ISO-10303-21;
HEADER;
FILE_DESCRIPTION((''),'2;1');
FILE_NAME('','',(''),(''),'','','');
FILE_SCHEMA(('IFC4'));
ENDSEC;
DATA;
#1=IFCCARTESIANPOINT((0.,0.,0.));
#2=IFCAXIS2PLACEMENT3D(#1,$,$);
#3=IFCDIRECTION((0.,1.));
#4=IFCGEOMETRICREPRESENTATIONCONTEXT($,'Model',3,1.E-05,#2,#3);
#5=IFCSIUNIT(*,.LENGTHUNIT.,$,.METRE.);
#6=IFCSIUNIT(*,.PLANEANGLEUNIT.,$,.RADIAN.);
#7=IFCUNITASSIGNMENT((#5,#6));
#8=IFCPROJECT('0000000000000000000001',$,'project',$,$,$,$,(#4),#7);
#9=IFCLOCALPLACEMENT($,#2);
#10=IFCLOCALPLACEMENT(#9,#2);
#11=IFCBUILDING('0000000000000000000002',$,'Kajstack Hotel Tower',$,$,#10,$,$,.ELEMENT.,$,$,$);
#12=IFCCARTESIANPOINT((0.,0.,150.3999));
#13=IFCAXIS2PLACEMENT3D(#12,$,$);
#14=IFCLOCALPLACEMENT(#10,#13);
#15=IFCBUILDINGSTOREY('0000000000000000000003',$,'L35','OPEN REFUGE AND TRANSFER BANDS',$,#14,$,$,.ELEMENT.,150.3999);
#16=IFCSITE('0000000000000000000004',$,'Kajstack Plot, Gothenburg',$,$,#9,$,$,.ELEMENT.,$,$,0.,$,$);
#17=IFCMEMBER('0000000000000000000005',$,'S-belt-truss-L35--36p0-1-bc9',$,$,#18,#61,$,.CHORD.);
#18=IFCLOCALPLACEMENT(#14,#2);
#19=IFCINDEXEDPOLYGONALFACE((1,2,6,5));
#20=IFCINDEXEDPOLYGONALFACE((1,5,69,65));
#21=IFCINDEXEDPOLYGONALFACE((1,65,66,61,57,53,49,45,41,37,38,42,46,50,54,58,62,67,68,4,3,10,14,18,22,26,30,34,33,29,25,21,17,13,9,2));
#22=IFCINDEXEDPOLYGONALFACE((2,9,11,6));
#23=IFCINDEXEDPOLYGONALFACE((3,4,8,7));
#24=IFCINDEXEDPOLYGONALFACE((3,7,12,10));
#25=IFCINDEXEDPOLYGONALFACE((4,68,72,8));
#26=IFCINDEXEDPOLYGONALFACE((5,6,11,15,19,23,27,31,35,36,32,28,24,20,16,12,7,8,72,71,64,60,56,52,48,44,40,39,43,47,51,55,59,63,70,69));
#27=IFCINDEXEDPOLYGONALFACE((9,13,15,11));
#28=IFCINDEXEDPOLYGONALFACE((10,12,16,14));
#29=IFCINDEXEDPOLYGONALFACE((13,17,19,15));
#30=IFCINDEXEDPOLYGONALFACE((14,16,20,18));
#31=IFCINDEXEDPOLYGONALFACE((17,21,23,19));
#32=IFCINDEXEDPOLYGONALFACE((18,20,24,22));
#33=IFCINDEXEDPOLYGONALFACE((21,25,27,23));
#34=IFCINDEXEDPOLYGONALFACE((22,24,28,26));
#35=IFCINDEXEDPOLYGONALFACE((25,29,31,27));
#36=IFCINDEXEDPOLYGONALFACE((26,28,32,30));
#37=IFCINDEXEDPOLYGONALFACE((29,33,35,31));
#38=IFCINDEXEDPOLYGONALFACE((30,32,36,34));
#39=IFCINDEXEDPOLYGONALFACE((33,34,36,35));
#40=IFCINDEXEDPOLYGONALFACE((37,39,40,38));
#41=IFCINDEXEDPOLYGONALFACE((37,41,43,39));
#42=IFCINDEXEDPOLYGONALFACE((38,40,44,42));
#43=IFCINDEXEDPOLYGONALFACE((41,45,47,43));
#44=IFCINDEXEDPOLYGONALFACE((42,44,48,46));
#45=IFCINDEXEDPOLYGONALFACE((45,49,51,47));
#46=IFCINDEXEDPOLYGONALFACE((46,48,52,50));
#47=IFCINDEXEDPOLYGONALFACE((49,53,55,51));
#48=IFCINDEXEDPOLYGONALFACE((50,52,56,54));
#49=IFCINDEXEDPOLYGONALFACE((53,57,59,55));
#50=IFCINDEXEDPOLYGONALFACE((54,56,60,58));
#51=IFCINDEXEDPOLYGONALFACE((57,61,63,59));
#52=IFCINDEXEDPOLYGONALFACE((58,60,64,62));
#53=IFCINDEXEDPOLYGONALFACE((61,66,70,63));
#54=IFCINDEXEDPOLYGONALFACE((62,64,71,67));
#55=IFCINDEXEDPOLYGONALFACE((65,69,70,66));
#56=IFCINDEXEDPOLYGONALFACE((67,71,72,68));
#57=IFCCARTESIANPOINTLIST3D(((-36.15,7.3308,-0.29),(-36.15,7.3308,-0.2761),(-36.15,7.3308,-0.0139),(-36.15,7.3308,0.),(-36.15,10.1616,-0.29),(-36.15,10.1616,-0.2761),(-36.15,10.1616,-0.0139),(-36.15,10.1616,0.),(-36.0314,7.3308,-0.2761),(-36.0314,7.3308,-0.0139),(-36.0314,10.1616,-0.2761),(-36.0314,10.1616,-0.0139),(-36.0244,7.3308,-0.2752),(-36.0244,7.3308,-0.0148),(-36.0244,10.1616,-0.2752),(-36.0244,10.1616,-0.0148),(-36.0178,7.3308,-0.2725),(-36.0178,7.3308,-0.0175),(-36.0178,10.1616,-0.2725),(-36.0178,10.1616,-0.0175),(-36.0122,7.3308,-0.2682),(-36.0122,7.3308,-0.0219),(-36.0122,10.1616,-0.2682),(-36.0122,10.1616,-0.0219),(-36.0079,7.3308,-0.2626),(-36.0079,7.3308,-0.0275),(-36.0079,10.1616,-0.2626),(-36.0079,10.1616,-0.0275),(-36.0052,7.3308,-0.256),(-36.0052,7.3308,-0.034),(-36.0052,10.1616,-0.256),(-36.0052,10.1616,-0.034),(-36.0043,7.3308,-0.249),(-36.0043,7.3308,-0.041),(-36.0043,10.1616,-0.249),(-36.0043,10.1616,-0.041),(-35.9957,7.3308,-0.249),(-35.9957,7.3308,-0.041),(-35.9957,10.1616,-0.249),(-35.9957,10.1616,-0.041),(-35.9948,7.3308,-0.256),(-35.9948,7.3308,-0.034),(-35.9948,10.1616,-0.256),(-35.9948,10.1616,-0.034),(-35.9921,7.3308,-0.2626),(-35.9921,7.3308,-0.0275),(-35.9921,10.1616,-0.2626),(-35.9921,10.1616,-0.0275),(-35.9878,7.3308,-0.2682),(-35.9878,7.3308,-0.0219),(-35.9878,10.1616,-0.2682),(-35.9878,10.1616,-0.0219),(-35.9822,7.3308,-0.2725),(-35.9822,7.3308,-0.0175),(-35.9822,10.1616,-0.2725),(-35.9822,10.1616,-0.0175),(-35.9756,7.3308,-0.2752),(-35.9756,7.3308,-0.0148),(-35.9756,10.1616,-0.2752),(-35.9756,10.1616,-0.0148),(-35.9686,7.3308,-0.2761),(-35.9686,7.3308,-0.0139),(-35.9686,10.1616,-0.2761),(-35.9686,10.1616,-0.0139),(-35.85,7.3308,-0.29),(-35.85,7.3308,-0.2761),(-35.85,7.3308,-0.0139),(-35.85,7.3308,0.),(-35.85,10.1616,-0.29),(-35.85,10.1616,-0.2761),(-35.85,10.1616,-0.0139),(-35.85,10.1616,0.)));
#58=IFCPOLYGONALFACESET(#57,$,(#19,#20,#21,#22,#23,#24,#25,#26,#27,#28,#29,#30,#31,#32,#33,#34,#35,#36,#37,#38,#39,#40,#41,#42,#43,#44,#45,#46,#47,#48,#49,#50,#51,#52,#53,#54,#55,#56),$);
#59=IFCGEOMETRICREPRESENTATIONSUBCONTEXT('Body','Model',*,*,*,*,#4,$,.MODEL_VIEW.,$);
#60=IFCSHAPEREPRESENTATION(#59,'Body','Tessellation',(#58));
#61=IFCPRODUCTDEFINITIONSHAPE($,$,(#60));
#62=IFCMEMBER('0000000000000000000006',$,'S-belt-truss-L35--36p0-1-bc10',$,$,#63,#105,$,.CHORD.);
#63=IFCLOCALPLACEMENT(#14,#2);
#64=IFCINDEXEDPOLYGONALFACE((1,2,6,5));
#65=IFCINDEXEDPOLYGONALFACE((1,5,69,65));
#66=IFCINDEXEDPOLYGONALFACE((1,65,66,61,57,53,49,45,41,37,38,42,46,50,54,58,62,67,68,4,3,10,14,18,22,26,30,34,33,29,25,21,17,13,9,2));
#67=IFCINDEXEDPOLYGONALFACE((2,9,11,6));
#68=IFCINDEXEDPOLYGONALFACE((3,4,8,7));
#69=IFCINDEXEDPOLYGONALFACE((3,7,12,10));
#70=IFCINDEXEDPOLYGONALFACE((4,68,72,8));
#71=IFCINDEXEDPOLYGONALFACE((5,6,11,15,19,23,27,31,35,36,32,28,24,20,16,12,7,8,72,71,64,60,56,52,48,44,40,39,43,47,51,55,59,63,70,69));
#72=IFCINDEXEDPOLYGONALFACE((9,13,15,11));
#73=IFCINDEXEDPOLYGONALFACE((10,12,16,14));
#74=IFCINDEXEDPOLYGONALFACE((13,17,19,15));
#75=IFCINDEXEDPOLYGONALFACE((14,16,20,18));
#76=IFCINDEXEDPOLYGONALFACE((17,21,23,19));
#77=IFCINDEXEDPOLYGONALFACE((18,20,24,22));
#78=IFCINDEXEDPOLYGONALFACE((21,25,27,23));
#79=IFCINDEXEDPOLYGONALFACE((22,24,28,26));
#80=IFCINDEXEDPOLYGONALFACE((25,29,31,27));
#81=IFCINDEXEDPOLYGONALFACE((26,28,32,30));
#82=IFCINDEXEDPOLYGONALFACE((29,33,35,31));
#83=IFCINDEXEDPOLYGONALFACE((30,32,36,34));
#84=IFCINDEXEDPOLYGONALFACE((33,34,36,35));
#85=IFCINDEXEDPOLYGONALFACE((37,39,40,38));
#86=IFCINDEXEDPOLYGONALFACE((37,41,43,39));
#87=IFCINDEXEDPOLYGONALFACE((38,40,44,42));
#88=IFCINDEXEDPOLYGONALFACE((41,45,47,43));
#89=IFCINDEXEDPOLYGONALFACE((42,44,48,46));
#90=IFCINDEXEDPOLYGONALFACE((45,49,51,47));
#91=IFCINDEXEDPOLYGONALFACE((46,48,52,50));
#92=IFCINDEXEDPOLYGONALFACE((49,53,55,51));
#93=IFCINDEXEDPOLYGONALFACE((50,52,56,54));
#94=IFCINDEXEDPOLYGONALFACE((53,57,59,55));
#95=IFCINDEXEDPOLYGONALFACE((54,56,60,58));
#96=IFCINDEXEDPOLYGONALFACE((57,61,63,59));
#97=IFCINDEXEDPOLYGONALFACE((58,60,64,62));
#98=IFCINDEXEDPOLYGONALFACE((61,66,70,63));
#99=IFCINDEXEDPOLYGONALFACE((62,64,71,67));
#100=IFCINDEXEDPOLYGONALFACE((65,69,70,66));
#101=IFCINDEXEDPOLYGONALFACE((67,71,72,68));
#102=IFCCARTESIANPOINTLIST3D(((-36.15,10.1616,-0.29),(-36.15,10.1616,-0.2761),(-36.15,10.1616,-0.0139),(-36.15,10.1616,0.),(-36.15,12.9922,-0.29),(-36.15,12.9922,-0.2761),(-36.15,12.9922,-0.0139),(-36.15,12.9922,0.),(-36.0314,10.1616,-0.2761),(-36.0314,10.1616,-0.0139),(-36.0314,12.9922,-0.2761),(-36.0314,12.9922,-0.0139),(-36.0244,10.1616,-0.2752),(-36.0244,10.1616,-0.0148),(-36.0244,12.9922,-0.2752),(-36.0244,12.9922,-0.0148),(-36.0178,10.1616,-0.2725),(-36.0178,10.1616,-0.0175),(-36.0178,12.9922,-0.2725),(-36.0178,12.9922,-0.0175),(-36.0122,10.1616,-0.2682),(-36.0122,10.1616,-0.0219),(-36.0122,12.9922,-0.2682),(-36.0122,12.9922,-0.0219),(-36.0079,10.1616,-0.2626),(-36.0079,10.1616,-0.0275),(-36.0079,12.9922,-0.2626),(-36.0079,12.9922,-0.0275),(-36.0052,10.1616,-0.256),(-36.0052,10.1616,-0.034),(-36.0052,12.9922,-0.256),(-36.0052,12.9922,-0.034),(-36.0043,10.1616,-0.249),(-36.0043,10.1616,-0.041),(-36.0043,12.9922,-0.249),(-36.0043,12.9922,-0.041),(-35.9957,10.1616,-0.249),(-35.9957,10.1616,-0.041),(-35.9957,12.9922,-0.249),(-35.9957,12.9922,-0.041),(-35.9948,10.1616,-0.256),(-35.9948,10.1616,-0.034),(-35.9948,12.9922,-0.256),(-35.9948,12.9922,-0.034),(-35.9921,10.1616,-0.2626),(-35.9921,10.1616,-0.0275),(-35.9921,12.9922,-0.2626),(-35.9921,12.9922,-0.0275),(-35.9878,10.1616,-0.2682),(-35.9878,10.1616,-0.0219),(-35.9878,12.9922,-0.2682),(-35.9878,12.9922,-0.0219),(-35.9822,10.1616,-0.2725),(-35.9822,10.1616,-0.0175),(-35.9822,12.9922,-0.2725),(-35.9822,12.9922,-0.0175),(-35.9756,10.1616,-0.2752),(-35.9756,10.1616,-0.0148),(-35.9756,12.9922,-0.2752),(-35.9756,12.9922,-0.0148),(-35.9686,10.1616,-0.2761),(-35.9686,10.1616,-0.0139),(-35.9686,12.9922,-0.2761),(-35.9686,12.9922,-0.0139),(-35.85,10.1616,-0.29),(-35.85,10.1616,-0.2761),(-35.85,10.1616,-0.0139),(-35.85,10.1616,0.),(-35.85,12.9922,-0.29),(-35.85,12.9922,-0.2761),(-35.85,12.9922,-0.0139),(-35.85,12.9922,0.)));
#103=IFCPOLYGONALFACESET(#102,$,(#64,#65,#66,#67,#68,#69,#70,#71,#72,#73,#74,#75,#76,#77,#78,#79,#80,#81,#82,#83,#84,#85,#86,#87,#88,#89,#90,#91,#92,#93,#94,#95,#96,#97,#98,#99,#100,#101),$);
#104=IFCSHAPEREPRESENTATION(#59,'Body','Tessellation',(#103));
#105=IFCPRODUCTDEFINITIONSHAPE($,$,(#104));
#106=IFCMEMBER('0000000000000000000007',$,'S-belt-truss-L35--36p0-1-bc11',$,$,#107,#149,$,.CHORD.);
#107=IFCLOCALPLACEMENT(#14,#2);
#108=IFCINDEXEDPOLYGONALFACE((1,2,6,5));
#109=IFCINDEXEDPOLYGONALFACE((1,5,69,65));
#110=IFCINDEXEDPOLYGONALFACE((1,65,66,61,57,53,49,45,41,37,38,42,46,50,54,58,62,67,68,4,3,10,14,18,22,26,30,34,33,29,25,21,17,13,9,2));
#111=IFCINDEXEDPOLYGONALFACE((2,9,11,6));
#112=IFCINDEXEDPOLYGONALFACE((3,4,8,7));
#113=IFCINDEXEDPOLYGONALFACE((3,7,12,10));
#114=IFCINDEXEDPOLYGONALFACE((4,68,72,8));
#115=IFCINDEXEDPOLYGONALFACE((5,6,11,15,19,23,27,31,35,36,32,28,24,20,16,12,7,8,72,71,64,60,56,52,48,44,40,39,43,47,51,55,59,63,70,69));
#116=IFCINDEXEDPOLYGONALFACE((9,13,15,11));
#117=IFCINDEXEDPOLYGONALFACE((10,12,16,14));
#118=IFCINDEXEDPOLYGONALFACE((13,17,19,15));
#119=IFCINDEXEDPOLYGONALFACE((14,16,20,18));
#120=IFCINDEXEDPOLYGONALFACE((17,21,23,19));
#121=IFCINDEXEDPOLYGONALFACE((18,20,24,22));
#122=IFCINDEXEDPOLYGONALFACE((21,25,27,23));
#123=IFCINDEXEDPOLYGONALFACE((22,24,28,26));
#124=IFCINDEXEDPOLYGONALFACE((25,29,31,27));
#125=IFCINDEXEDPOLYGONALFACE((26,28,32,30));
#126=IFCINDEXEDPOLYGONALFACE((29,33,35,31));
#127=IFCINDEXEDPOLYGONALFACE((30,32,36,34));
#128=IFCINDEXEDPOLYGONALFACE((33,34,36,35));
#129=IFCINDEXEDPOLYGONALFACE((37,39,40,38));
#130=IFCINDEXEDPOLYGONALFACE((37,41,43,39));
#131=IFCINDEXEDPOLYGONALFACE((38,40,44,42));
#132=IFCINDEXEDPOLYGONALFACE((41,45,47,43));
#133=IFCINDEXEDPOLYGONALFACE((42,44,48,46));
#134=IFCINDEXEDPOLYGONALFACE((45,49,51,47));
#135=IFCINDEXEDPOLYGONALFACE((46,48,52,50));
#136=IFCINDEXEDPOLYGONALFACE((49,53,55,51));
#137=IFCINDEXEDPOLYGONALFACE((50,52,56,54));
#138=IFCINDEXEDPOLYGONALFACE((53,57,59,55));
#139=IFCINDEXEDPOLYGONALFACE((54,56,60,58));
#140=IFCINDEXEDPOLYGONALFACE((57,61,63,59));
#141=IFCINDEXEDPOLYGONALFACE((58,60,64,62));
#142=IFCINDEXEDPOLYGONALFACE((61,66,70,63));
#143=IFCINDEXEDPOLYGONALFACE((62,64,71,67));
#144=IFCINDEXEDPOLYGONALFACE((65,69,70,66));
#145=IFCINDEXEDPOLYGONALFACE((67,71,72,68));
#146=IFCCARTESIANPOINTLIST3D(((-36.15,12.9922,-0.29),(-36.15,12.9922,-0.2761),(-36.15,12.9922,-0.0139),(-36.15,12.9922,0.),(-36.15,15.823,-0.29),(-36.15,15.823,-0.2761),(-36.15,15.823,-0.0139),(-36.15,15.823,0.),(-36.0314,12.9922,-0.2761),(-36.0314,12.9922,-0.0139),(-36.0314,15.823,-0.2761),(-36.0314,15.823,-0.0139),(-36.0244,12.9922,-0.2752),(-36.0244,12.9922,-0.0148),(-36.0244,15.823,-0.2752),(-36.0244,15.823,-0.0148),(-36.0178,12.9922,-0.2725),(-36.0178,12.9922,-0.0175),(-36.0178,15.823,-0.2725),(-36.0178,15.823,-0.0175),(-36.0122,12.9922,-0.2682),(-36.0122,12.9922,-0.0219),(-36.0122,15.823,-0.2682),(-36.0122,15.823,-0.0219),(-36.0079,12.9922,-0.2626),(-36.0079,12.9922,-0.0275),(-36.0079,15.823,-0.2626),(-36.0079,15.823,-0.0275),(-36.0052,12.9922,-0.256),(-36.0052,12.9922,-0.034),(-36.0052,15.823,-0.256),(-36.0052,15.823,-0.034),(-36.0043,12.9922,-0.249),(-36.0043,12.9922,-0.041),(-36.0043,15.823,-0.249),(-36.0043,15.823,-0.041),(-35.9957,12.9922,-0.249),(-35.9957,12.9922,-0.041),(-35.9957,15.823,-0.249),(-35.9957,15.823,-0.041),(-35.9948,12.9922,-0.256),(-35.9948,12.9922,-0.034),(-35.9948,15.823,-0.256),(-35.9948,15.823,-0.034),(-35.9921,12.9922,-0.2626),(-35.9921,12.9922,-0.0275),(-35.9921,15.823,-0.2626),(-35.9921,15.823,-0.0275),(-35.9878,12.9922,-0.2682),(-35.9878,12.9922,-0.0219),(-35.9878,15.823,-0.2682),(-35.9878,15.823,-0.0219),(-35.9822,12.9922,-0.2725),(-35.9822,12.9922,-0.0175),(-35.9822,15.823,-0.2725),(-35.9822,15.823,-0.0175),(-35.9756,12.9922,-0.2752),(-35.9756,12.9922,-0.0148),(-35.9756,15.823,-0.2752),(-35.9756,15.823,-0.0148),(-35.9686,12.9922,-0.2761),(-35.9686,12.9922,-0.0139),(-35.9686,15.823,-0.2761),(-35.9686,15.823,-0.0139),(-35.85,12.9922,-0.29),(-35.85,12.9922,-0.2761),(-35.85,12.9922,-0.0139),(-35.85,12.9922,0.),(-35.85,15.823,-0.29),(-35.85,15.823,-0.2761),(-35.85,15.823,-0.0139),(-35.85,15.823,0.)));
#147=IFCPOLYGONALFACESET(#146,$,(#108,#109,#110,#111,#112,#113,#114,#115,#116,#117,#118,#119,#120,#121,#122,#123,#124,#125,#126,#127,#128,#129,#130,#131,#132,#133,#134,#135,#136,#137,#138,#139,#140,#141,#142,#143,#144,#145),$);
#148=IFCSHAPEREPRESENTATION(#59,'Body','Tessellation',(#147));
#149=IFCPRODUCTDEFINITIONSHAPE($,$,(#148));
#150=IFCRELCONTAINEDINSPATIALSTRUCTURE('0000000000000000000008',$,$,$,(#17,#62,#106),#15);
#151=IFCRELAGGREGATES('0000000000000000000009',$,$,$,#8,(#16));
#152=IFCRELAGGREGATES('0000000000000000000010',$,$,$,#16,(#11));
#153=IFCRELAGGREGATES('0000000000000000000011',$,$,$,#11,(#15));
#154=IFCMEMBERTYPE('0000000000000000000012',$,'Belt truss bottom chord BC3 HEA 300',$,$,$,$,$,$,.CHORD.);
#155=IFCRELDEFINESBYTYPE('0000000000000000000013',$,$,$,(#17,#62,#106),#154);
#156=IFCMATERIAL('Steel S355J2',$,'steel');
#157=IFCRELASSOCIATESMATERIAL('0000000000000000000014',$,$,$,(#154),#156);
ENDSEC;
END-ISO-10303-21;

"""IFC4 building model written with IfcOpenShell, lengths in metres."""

from ifc_helpers import new_model, si_unit, direction, frame, origin, origin_2d, place, context, subcontext, project, spatial, i_section, extrude, material, material_profile, profile_set, type_object, element, save


model = new_model("IFC4")

# Units and contexts
model_context = context("Model", 3, precision=1e-05, world=origin(), true_north=direction((0.0, 1.0)))
body_context = subcontext(model_context, "Body", "Model", "MODEL_VIEW")
ifc_project = project(units=[si_unit("LENGTHUNIT", "METRE"), si_unit("PLANEANGLEUNIT", "RADIAN")], contexts=[model_context])

# Site, building, storey
site_placement = place(None, origin())
site = spatial("IfcSite", under=ifc_project, at=site_placement, Name="Kajstack Plot, Gothenburg", CompositionType="ELEMENT", RefElevation=0.0)
building_placement = place(site_placement, origin())
building = spatial("IfcBuilding", under=site, at=building_placement, Name="Kajstack Hotel Tower", CompositionType="ELEMENT")
storey_placement = place(building_placement, frame((0.0, 0.0, 150.3999)))
storey = spatial("IfcBuildingStorey", under=building, at=storey_placement, Name="L35", Description="OPEN REFUGE AND TRANSFER BANDS", CompositionType="ELEMENT", Elevation=150.3999)

# Members
ifc_material = material(Name="Steel S355J2", Category="steel")
ifc_material_profile_1 = material_profile(ifc_material, i_section(OverallWidth=0.3, OverallDepth=0.29, WebThickness=0.0085, FlangeThickness=0.0139, FilletRadius=0.0271, at=origin_2d()), Name="HEA 300")
ifc_profile_set_1 = profile_set([ifc_material_profile_1], Name="Steel S355J2")
member_type_1 = type_object("IfcMemberType", Name="Belt truss bottom chord BC3 HEA 300", PredefinedType="CHORD", material=ifc_profile_set_1)
member_1_placement = place(storey_placement, frame((-36.0, 7.3308, -0.145), z_axis=(0.0, 1.0, 0.0), x_axis=(-1.0, 0.0, 0.0)))
element("IfcMember", 1, at=member_1_placement, inside=storey, type_object=member_type_1, Name="S-belt-truss-L35--36p0-1-bc9", PredefinedType="CHORD", context=body_context, shape_type="SweptSolid", body=[
    extrude(i_section(OverallWidth=0.3, OverallDepth=0.29, WebThickness=0.0085, FlangeThickness=0.0139, FilletRadius=0.0271, at=origin_2d()), origin(), (0.0, 0.0, 1.0), 2.8308),
])
member_2_placement = place(storey_placement, frame((-36.0, 10.1616, -0.145), z_axis=(0.0, 1.0, 0.0), x_axis=(-1.0, 0.0, 0.0)))
element("IfcMember", 2, at=member_2_placement, inside=storey, type_object=member_type_1, Name="S-belt-truss-L35--36p0-1-bc10", PredefinedType="CHORD", context=body_context, shape_type="SweptSolid", body=[
    extrude(i_section(OverallWidth=0.3, OverallDepth=0.29, WebThickness=0.0085, FlangeThickness=0.0139, FilletRadius=0.0271, at=origin_2d()), origin(), (0.0, 0.0, 1.0), 2.8306),
])
member_3_placement = place(storey_placement, frame((-36.0, 12.9922, -0.145), z_axis=(0.0, 1.0, 0.0), x_axis=(-1.0, 0.0, 0.0)))
element("IfcMember", 3, at=member_3_placement, inside=storey, type_object=member_type_1, Name="S-belt-truss-L35--36p0-1-bc11", PredefinedType="CHORD", context=body_context, shape_type="SweptSolid", body=[
    extrude(i_section(OverallWidth=0.3, OverallDepth=0.29, WebThickness=0.0085, FlangeThickness=0.0139, FilletRadius=0.0271, at=origin_2d()), origin(), (0.0, 0.0, 1.0), 2.8308),
])

save(model, "model.ifc")
